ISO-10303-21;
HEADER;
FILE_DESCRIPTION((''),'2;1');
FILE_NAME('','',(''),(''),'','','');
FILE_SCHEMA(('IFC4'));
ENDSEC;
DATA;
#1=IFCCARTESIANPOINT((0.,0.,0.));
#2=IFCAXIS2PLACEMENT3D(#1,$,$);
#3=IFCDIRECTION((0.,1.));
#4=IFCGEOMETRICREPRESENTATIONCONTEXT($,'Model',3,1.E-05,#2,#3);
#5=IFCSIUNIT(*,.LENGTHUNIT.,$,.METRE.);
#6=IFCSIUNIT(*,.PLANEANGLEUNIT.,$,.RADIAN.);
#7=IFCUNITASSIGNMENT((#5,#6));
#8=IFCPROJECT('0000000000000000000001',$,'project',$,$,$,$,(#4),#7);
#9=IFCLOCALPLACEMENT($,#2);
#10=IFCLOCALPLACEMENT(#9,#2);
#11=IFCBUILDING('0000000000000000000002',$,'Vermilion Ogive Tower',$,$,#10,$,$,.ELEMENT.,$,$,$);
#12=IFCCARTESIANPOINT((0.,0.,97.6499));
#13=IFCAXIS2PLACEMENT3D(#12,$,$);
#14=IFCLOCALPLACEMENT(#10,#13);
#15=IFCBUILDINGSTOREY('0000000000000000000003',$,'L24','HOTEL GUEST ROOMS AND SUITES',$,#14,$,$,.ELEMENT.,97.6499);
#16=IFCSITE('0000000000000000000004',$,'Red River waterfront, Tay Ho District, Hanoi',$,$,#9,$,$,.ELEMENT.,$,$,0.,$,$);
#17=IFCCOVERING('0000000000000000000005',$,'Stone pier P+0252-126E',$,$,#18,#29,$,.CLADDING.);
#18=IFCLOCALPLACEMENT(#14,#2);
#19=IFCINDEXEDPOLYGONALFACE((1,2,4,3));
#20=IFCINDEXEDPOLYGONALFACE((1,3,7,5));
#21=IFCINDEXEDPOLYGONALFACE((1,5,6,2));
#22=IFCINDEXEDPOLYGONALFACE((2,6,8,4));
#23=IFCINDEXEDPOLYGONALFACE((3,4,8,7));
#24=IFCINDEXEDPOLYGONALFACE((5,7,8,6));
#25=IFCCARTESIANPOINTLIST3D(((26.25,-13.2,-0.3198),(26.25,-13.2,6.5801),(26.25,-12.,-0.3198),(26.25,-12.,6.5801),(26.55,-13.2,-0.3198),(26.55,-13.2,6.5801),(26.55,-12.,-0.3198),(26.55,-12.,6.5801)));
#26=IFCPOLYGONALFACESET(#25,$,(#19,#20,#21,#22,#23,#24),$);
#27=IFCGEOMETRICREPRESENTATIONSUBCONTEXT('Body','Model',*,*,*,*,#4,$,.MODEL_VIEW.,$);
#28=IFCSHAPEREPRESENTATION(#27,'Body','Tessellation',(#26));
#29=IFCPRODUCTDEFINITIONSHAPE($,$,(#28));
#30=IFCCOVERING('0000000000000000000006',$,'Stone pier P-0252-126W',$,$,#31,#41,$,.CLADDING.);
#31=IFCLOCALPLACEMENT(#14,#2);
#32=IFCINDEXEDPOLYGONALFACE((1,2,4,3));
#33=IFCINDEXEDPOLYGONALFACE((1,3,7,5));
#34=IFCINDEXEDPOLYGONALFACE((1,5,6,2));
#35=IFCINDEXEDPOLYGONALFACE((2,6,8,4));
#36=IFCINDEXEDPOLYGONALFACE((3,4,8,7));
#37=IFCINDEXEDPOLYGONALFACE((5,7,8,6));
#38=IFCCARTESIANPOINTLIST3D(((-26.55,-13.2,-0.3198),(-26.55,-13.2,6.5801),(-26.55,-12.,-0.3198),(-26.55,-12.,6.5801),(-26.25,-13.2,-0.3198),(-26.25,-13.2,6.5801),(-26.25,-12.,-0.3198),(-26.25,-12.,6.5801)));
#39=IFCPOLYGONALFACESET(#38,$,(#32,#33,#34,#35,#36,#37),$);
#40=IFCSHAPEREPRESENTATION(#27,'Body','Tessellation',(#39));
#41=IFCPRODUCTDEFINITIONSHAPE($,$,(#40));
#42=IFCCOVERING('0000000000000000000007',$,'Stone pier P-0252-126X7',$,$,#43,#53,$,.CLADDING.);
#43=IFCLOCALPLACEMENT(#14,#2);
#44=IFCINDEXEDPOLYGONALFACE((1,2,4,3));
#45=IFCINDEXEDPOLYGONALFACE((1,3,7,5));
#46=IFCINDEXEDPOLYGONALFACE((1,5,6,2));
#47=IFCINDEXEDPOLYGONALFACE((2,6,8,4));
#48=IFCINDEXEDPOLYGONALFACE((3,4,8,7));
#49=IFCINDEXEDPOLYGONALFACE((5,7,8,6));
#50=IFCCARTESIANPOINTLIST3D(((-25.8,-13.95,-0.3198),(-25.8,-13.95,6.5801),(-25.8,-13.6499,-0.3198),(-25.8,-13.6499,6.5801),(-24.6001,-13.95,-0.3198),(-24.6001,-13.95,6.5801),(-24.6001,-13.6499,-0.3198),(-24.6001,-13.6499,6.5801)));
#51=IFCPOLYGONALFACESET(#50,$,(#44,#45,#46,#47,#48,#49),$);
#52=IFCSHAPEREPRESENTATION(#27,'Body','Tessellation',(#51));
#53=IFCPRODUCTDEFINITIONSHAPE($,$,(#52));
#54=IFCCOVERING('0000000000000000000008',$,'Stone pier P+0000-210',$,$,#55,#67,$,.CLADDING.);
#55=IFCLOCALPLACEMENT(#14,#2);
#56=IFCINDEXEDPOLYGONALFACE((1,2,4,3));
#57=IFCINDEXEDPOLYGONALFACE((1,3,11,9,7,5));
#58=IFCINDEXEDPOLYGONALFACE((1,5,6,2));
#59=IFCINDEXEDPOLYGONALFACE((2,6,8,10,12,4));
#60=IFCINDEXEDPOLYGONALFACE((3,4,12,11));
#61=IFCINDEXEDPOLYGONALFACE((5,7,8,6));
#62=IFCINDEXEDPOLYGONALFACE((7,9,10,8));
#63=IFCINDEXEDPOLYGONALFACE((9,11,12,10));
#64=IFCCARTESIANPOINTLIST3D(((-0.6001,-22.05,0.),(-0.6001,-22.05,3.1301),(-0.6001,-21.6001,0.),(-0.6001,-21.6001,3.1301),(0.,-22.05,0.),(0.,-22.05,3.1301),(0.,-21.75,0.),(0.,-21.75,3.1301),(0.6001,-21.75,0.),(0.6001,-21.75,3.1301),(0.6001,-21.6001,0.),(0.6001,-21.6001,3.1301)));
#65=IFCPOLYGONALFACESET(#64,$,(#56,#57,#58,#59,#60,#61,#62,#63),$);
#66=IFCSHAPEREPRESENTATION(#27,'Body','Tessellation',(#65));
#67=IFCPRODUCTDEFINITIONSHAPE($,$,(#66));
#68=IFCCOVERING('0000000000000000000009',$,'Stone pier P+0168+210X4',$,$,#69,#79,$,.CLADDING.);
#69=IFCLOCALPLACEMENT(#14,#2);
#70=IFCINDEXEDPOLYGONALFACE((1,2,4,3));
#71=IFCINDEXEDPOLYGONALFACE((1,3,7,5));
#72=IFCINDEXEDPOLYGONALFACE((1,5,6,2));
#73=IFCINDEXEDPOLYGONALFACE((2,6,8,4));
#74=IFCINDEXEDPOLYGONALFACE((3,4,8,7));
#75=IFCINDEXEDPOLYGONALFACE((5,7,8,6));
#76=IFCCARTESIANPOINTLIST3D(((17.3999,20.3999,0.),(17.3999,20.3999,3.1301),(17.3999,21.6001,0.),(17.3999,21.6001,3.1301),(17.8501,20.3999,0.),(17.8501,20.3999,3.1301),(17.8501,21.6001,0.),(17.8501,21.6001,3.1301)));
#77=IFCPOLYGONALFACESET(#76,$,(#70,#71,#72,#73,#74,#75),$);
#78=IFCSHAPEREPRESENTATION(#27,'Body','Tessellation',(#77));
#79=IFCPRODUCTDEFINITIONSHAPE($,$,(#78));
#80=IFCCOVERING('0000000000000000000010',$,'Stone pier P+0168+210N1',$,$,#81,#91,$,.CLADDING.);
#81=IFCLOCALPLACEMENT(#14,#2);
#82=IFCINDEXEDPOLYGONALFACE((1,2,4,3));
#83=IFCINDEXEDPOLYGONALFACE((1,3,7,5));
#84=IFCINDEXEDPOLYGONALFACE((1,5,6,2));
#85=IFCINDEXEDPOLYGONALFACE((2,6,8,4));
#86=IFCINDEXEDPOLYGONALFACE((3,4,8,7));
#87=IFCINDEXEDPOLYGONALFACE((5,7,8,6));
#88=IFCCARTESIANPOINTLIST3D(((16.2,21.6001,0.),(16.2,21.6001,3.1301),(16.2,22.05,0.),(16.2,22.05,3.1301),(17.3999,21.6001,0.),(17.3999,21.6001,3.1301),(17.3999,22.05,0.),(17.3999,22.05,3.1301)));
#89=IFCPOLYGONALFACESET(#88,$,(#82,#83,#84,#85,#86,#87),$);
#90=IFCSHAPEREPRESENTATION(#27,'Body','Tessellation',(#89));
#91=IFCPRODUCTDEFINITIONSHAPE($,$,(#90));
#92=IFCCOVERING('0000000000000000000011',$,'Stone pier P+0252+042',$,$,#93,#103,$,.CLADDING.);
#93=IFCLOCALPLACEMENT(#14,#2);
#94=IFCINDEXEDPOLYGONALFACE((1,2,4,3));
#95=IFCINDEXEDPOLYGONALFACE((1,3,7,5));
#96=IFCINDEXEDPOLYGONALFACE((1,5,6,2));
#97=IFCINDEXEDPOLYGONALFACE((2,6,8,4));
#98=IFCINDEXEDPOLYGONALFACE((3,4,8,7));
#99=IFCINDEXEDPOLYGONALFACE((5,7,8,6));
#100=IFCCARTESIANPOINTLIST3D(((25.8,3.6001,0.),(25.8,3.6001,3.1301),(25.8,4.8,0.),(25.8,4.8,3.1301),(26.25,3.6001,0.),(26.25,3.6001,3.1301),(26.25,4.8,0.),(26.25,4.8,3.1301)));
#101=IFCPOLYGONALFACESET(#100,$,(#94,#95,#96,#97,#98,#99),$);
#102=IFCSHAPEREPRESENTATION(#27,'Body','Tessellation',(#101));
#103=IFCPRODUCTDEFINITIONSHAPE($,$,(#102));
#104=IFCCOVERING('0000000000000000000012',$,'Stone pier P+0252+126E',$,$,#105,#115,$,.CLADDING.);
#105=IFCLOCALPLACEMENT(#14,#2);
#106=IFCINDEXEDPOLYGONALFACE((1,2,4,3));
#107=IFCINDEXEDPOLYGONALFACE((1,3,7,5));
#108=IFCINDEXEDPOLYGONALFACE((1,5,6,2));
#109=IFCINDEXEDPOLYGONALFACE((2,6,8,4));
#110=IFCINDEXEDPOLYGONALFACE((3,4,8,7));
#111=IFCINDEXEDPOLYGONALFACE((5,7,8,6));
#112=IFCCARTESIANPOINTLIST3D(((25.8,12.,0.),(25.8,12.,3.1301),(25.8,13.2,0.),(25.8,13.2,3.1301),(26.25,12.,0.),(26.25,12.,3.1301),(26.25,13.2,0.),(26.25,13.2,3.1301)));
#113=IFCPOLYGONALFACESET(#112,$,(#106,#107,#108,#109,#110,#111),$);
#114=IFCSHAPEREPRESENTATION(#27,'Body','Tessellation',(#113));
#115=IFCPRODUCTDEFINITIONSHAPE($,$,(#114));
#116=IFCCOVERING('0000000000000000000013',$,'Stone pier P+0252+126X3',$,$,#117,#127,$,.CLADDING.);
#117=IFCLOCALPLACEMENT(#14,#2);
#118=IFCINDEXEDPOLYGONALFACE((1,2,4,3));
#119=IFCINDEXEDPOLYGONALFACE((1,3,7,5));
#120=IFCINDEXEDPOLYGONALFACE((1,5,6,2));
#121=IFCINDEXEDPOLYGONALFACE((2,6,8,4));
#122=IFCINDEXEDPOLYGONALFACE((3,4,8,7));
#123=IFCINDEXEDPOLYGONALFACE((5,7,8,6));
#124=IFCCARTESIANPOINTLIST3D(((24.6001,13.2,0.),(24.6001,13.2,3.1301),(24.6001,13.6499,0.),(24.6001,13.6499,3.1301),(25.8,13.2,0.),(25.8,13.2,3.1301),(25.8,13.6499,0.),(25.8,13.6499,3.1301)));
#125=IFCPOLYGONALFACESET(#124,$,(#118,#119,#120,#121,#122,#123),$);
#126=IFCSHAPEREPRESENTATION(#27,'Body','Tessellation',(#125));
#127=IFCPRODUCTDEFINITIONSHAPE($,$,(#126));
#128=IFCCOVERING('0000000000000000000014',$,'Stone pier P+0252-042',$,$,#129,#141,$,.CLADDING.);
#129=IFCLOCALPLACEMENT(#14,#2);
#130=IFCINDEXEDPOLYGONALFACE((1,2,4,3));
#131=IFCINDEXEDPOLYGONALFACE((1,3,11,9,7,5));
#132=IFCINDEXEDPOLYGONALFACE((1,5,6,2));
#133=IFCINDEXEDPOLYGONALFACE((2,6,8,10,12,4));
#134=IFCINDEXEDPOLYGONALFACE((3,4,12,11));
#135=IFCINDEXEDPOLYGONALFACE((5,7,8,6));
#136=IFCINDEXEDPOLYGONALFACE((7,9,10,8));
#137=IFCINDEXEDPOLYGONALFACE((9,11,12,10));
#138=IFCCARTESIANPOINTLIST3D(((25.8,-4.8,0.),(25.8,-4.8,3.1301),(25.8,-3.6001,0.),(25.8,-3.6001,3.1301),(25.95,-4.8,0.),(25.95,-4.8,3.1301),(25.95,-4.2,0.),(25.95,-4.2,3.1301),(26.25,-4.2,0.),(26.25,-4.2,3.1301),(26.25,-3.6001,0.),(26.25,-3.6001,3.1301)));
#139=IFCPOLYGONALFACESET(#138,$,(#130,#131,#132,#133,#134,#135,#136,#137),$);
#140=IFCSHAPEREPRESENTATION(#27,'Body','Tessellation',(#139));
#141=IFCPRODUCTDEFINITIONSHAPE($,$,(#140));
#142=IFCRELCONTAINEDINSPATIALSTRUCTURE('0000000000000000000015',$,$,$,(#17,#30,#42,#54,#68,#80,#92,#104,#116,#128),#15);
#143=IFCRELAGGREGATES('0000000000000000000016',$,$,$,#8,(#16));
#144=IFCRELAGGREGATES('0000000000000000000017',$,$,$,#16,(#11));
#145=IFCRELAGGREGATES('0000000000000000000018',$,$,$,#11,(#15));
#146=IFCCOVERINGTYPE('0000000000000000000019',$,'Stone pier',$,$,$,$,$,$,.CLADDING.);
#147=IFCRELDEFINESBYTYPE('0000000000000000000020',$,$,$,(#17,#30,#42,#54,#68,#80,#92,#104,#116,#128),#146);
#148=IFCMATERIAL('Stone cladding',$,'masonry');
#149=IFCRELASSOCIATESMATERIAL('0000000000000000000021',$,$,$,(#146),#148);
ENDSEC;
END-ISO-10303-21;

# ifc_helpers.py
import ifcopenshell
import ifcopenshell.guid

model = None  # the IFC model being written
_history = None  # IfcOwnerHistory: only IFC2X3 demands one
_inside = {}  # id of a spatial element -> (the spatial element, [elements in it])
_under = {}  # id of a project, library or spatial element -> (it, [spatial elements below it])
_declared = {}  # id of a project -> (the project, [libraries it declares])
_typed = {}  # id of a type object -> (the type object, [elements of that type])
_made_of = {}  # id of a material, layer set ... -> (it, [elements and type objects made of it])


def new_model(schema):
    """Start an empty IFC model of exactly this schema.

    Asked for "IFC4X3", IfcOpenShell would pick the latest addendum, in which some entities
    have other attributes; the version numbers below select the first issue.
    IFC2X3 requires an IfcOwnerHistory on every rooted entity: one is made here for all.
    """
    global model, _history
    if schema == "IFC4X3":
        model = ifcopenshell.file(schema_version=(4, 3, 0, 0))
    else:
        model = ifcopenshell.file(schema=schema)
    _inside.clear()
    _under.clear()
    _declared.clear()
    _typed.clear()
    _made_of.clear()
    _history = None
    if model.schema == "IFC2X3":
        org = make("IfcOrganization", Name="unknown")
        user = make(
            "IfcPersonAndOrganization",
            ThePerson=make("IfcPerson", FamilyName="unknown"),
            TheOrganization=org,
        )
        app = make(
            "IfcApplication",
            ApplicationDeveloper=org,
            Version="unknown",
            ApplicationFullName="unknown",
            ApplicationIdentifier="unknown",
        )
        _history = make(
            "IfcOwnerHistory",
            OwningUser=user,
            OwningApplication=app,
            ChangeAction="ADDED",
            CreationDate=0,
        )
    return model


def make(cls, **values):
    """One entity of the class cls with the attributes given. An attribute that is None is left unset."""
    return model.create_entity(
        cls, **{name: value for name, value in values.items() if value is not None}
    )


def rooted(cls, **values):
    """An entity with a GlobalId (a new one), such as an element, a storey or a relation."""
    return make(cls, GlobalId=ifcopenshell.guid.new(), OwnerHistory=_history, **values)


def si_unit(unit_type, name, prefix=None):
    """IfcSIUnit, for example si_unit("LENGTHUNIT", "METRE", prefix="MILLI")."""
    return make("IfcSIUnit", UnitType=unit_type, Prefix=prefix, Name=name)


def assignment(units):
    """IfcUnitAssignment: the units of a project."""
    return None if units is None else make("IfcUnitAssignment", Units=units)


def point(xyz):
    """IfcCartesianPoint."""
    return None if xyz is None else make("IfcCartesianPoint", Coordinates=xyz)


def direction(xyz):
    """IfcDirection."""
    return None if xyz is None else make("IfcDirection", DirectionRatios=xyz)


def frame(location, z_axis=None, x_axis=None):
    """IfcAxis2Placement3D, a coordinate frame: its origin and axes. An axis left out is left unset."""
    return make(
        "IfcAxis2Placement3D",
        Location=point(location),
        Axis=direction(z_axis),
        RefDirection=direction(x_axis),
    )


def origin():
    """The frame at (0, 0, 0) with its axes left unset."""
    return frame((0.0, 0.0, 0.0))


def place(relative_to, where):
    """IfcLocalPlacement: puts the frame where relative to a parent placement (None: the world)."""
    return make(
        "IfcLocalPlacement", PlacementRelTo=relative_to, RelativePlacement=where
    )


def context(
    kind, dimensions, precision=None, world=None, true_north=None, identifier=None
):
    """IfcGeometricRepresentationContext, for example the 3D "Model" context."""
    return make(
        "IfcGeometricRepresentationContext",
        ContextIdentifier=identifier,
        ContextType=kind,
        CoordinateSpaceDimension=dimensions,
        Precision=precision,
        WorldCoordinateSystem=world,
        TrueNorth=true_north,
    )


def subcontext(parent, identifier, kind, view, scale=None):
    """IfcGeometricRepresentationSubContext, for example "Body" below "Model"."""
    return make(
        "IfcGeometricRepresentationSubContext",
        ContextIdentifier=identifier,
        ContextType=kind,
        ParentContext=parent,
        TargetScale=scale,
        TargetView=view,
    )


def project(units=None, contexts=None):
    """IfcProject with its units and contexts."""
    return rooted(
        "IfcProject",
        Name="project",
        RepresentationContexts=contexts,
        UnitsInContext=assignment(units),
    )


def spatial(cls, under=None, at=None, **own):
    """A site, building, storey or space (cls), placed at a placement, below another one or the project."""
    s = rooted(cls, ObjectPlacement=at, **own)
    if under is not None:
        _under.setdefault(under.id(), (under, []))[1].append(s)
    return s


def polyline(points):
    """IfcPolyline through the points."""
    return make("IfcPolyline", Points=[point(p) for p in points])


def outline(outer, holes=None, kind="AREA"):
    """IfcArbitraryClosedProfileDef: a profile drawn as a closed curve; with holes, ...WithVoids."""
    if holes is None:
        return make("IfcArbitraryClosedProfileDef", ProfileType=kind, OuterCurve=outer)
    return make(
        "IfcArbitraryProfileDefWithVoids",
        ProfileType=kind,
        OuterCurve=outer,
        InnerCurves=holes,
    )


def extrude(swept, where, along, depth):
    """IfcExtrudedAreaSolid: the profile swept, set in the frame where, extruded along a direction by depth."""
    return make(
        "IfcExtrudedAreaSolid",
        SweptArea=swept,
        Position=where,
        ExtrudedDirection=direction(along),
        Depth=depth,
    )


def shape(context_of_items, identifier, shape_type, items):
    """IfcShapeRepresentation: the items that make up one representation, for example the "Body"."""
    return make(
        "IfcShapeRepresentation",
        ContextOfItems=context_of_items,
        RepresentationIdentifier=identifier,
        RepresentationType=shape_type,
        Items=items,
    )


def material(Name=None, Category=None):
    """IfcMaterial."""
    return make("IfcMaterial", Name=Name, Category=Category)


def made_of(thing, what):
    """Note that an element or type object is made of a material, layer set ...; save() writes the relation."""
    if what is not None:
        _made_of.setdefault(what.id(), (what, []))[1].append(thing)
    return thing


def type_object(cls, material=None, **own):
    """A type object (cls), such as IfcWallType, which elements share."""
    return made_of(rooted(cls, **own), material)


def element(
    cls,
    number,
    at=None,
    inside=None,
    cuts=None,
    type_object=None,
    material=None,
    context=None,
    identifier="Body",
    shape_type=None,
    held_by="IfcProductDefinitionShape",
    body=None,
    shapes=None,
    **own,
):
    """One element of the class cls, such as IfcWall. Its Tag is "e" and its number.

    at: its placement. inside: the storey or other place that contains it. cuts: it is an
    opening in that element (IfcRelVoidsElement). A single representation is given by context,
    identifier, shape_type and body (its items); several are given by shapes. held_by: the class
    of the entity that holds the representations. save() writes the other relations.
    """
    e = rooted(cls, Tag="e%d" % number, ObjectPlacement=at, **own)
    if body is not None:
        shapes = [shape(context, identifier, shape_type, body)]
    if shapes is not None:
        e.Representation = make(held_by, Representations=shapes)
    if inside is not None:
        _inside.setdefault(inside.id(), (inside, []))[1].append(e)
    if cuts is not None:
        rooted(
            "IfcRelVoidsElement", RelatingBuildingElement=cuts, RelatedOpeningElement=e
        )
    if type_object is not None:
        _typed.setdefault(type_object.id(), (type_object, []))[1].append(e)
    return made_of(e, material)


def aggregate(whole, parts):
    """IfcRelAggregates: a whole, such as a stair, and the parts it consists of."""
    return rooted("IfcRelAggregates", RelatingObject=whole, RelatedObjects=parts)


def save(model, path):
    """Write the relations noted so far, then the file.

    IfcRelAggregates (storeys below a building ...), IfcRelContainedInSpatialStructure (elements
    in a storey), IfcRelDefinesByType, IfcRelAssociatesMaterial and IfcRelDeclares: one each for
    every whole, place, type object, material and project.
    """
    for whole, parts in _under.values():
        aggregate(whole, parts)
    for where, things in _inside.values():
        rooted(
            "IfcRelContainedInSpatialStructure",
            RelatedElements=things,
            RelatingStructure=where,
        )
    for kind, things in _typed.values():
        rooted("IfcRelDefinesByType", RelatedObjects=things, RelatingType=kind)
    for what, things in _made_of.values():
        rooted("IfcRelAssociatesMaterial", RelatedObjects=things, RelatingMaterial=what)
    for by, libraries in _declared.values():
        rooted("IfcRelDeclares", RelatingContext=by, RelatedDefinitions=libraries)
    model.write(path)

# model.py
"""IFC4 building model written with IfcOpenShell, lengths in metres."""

from ifc_helpers import new_model, si_unit, direction, frame, origin, place, context, subcontext, project, spatial, polyline, outline, extrude, material, type_object, element, save


model = new_model("IFC4")

# Units and contexts
model_context = context("Model", 3, precision=1e-05, world=origin(), true_north=direction((0.0, 1.0)))
body_context = subcontext(model_context, "Body", "Model", "MODEL_VIEW")
ifc_project = project(units=[si_unit("LENGTHUNIT", "METRE"), si_unit("PLANEANGLEUNIT", "RADIAN")], contexts=[model_context])

# Site, building, storey
site_placement = place(None, origin())
site = spatial("IfcSite", under=ifc_project, at=site_placement, Name="Red River waterfront, Tay Ho District, Hanoi", CompositionType="ELEMENT", RefElevation=0.0)
building_placement = place(site_placement, origin())
building = spatial("IfcBuilding", under=site, at=building_placement, Name="Vermilion Ogive Tower", CompositionType="ELEMENT")
storey_placement = place(building_placement, frame((0.0, 0.0, 97.6499)))
storey = spatial("IfcBuildingStorey", under=building, at=storey_placement, Name="L24", Description="HOTEL GUEST ROOMS AND SUITES", CompositionType="ELEMENT", Elevation=97.6499)

# Coverings
ifc_material_1 = material(Name="Stone cladding", Category="masonry")
covering_type = type_object("IfcCoveringType", Name="Stone pier", PredefinedType="CLADDING", material=ifc_material_1)
covering_1_placement = place(storey_placement, frame((0.0, 0.0, -0.3198)))
element("IfcCovering", 1, at=covering_1_placement, inside=storey, type_object=covering_type, Name="Stone pier P+0252-126E", PredefinedType="CLADDING", context=body_context, shape_type="SweptSolid", body=[
    extrude(outline(polyline([(26.55, -13.2), (26.25, -13.2), (26.25, -12.0), (26.55, -12.0), (26.55, -13.2)])), origin(), (0.0, 0.0, 1.0), 6.8999),
])
covering_2_placement = place(storey_placement, frame((0.0, 0.0, -0.3198)))
element("IfcCovering", 2, at=covering_2_placement, inside=storey, type_object=covering_type, Name="Stone pier P-0252-126W", PredefinedType="CLADDING", context=body_context, shape_type="SweptSolid", body=[
    extrude(outline(polyline([(-26.55, -13.2), (-26.55, -12.0), (-26.25, -12.0), (-26.25, -13.2), (-26.55, -13.2)])), origin(), (0.0, 0.0, 1.0), 6.8999),
])
covering_3_placement = place(storey_placement, frame((0.0, 0.0, -0.3198)))
element("IfcCovering", 3, at=covering_3_placement, inside=storey, type_object=covering_type, Name="Stone pier P-0252-126X7", PredefinedType="CLADDING", context=body_context, shape_type="SweptSolid", body=[
    extrude(outline(polyline([(-25.8, -13.95), (-25.8, -13.6499), (-24.6001, -13.6499), (-24.6001, -13.95), (-25.8, -13.95)])), origin(), (0.0, 0.0, 1.0), 6.8999),
])
covering_4_placement = place(storey_placement, origin())
element("IfcCovering", 4, at=covering_4_placement, inside=storey, type_object=covering_type, Name="Stone pier P+0000-210", PredefinedType="CLADDING", context=body_context, shape_type="SweptSolid", body=[
    extrude(outline(polyline([(0.6001, -21.6001), (0.6001, -21.6001), (0.6001, -22.05), (0.6001, -22.05), (0.6001, -21.75), (0.0, -21.75), (0.0, -22.05), (-0.6001, -22.05), (-0.6001, -21.6001), (-0.6001, -21.6001), (0.6001, -21.6001)])), origin(), (0.0, 0.0, 1.0), 3.1301),
])
covering_5_placement = place(storey_placement, origin())
element("IfcCovering", 5, at=covering_5_placement, inside=storey, type_object=covering_type, Name="Stone pier P+0168+210X4", PredefinedType="CLADDING", context=body_context, shape_type="SweptSolid", body=[
    extrude(outline(polyline([(17.8501, 21.6001), (17.8501, 20.3999), (17.3999, 20.3999), (17.3999, 21.6001), (17.8501, 21.6001)])), origin(), (0.0, 0.0, 1.0), 3.1301),
])
covering_6_placement = place(storey_placement, origin())
element("IfcCovering", 6, at=covering_6_placement, inside=storey, type_object=covering_type, Name="Stone pier P+0168+210N1", PredefinedType="CLADDING", context=body_context, shape_type="SweptSolid", body=[
    extrude(outline(polyline([(17.3999, 22.05), (17.3999, 21.6001), (16.2, 21.6001), (16.2, 22.05), (17.3999, 22.05)])), origin(), (0.0, 0.0, 1.0), 3.1301),
])
covering_7_placement = place(storey_placement, origin())
element("IfcCovering", 7, at=covering_7_placement, inside=storey, type_object=covering_type, Name="Stone pier P+0252+042", PredefinedType="CLADDING", context=body_context, shape_type="SweptSolid", body=[
    extrude(outline(polyline([(25.8, 4.8), (25.8, 4.8), (26.25, 4.8), (26.25, 3.6001), (25.8, 3.6001), (25.8, 3.6001), (25.8, 4.8)])), origin(), (0.0, 0.0, 1.0), 3.1301),
])
covering_8_placement = place(storey_placement, origin())
element("IfcCovering", 8, at=covering_8_placement, inside=storey, type_object=covering_type, Name="Stone pier P+0252+126E", PredefinedType="CLADDING", context=body_context, shape_type="SweptSolid", body=[
    extrude(outline(polyline([(25.8, 13.2), (25.8, 13.2), (26.25, 13.2), (26.25, 12.0), (25.8, 12.0), (25.8, 12.0), (25.8, 13.2)])), origin(), (0.0, 0.0, 1.0), 3.1301),
])
covering_9_placement = place(storey_placement, origin())
element("IfcCovering", 9, at=covering_9_placement, inside=storey, type_object=covering_type, Name="Stone pier P+0252+126X3", PredefinedType="CLADDING", context=body_context, shape_type="SweptSolid", body=[
    extrude(outline(polyline([(25.8, 13.6499), (25.8, 13.2), (25.8, 13.2), (24.6001, 13.2), (24.6001, 13.6499), (25.8, 13.6499)])), origin(), (0.0, 0.0, 1.0), 3.1301),
])
covering_10_placement = place(storey_placement, origin())
element("IfcCovering", 10, at=covering_10_placement, inside=storey, type_object=covering_type, Name="Stone pier P+0252-042", PredefinedType="CLADDING", context=body_context, shape_type="SweptSolid", body=[
    extrude(outline(polyline([(25.8, -3.6001), (26.25, -3.6001), (26.25, -4.2), (25.95, -4.2), (25.95, -4.8), (26.25, -4.8), (26.25, -4.8), (25.8, -4.8), (25.8, -4.8), (25.8, -3.6001)])), origin(), (0.0, 0.0, 1.0), 3.1301),
])

save(model, "model.ifc")
